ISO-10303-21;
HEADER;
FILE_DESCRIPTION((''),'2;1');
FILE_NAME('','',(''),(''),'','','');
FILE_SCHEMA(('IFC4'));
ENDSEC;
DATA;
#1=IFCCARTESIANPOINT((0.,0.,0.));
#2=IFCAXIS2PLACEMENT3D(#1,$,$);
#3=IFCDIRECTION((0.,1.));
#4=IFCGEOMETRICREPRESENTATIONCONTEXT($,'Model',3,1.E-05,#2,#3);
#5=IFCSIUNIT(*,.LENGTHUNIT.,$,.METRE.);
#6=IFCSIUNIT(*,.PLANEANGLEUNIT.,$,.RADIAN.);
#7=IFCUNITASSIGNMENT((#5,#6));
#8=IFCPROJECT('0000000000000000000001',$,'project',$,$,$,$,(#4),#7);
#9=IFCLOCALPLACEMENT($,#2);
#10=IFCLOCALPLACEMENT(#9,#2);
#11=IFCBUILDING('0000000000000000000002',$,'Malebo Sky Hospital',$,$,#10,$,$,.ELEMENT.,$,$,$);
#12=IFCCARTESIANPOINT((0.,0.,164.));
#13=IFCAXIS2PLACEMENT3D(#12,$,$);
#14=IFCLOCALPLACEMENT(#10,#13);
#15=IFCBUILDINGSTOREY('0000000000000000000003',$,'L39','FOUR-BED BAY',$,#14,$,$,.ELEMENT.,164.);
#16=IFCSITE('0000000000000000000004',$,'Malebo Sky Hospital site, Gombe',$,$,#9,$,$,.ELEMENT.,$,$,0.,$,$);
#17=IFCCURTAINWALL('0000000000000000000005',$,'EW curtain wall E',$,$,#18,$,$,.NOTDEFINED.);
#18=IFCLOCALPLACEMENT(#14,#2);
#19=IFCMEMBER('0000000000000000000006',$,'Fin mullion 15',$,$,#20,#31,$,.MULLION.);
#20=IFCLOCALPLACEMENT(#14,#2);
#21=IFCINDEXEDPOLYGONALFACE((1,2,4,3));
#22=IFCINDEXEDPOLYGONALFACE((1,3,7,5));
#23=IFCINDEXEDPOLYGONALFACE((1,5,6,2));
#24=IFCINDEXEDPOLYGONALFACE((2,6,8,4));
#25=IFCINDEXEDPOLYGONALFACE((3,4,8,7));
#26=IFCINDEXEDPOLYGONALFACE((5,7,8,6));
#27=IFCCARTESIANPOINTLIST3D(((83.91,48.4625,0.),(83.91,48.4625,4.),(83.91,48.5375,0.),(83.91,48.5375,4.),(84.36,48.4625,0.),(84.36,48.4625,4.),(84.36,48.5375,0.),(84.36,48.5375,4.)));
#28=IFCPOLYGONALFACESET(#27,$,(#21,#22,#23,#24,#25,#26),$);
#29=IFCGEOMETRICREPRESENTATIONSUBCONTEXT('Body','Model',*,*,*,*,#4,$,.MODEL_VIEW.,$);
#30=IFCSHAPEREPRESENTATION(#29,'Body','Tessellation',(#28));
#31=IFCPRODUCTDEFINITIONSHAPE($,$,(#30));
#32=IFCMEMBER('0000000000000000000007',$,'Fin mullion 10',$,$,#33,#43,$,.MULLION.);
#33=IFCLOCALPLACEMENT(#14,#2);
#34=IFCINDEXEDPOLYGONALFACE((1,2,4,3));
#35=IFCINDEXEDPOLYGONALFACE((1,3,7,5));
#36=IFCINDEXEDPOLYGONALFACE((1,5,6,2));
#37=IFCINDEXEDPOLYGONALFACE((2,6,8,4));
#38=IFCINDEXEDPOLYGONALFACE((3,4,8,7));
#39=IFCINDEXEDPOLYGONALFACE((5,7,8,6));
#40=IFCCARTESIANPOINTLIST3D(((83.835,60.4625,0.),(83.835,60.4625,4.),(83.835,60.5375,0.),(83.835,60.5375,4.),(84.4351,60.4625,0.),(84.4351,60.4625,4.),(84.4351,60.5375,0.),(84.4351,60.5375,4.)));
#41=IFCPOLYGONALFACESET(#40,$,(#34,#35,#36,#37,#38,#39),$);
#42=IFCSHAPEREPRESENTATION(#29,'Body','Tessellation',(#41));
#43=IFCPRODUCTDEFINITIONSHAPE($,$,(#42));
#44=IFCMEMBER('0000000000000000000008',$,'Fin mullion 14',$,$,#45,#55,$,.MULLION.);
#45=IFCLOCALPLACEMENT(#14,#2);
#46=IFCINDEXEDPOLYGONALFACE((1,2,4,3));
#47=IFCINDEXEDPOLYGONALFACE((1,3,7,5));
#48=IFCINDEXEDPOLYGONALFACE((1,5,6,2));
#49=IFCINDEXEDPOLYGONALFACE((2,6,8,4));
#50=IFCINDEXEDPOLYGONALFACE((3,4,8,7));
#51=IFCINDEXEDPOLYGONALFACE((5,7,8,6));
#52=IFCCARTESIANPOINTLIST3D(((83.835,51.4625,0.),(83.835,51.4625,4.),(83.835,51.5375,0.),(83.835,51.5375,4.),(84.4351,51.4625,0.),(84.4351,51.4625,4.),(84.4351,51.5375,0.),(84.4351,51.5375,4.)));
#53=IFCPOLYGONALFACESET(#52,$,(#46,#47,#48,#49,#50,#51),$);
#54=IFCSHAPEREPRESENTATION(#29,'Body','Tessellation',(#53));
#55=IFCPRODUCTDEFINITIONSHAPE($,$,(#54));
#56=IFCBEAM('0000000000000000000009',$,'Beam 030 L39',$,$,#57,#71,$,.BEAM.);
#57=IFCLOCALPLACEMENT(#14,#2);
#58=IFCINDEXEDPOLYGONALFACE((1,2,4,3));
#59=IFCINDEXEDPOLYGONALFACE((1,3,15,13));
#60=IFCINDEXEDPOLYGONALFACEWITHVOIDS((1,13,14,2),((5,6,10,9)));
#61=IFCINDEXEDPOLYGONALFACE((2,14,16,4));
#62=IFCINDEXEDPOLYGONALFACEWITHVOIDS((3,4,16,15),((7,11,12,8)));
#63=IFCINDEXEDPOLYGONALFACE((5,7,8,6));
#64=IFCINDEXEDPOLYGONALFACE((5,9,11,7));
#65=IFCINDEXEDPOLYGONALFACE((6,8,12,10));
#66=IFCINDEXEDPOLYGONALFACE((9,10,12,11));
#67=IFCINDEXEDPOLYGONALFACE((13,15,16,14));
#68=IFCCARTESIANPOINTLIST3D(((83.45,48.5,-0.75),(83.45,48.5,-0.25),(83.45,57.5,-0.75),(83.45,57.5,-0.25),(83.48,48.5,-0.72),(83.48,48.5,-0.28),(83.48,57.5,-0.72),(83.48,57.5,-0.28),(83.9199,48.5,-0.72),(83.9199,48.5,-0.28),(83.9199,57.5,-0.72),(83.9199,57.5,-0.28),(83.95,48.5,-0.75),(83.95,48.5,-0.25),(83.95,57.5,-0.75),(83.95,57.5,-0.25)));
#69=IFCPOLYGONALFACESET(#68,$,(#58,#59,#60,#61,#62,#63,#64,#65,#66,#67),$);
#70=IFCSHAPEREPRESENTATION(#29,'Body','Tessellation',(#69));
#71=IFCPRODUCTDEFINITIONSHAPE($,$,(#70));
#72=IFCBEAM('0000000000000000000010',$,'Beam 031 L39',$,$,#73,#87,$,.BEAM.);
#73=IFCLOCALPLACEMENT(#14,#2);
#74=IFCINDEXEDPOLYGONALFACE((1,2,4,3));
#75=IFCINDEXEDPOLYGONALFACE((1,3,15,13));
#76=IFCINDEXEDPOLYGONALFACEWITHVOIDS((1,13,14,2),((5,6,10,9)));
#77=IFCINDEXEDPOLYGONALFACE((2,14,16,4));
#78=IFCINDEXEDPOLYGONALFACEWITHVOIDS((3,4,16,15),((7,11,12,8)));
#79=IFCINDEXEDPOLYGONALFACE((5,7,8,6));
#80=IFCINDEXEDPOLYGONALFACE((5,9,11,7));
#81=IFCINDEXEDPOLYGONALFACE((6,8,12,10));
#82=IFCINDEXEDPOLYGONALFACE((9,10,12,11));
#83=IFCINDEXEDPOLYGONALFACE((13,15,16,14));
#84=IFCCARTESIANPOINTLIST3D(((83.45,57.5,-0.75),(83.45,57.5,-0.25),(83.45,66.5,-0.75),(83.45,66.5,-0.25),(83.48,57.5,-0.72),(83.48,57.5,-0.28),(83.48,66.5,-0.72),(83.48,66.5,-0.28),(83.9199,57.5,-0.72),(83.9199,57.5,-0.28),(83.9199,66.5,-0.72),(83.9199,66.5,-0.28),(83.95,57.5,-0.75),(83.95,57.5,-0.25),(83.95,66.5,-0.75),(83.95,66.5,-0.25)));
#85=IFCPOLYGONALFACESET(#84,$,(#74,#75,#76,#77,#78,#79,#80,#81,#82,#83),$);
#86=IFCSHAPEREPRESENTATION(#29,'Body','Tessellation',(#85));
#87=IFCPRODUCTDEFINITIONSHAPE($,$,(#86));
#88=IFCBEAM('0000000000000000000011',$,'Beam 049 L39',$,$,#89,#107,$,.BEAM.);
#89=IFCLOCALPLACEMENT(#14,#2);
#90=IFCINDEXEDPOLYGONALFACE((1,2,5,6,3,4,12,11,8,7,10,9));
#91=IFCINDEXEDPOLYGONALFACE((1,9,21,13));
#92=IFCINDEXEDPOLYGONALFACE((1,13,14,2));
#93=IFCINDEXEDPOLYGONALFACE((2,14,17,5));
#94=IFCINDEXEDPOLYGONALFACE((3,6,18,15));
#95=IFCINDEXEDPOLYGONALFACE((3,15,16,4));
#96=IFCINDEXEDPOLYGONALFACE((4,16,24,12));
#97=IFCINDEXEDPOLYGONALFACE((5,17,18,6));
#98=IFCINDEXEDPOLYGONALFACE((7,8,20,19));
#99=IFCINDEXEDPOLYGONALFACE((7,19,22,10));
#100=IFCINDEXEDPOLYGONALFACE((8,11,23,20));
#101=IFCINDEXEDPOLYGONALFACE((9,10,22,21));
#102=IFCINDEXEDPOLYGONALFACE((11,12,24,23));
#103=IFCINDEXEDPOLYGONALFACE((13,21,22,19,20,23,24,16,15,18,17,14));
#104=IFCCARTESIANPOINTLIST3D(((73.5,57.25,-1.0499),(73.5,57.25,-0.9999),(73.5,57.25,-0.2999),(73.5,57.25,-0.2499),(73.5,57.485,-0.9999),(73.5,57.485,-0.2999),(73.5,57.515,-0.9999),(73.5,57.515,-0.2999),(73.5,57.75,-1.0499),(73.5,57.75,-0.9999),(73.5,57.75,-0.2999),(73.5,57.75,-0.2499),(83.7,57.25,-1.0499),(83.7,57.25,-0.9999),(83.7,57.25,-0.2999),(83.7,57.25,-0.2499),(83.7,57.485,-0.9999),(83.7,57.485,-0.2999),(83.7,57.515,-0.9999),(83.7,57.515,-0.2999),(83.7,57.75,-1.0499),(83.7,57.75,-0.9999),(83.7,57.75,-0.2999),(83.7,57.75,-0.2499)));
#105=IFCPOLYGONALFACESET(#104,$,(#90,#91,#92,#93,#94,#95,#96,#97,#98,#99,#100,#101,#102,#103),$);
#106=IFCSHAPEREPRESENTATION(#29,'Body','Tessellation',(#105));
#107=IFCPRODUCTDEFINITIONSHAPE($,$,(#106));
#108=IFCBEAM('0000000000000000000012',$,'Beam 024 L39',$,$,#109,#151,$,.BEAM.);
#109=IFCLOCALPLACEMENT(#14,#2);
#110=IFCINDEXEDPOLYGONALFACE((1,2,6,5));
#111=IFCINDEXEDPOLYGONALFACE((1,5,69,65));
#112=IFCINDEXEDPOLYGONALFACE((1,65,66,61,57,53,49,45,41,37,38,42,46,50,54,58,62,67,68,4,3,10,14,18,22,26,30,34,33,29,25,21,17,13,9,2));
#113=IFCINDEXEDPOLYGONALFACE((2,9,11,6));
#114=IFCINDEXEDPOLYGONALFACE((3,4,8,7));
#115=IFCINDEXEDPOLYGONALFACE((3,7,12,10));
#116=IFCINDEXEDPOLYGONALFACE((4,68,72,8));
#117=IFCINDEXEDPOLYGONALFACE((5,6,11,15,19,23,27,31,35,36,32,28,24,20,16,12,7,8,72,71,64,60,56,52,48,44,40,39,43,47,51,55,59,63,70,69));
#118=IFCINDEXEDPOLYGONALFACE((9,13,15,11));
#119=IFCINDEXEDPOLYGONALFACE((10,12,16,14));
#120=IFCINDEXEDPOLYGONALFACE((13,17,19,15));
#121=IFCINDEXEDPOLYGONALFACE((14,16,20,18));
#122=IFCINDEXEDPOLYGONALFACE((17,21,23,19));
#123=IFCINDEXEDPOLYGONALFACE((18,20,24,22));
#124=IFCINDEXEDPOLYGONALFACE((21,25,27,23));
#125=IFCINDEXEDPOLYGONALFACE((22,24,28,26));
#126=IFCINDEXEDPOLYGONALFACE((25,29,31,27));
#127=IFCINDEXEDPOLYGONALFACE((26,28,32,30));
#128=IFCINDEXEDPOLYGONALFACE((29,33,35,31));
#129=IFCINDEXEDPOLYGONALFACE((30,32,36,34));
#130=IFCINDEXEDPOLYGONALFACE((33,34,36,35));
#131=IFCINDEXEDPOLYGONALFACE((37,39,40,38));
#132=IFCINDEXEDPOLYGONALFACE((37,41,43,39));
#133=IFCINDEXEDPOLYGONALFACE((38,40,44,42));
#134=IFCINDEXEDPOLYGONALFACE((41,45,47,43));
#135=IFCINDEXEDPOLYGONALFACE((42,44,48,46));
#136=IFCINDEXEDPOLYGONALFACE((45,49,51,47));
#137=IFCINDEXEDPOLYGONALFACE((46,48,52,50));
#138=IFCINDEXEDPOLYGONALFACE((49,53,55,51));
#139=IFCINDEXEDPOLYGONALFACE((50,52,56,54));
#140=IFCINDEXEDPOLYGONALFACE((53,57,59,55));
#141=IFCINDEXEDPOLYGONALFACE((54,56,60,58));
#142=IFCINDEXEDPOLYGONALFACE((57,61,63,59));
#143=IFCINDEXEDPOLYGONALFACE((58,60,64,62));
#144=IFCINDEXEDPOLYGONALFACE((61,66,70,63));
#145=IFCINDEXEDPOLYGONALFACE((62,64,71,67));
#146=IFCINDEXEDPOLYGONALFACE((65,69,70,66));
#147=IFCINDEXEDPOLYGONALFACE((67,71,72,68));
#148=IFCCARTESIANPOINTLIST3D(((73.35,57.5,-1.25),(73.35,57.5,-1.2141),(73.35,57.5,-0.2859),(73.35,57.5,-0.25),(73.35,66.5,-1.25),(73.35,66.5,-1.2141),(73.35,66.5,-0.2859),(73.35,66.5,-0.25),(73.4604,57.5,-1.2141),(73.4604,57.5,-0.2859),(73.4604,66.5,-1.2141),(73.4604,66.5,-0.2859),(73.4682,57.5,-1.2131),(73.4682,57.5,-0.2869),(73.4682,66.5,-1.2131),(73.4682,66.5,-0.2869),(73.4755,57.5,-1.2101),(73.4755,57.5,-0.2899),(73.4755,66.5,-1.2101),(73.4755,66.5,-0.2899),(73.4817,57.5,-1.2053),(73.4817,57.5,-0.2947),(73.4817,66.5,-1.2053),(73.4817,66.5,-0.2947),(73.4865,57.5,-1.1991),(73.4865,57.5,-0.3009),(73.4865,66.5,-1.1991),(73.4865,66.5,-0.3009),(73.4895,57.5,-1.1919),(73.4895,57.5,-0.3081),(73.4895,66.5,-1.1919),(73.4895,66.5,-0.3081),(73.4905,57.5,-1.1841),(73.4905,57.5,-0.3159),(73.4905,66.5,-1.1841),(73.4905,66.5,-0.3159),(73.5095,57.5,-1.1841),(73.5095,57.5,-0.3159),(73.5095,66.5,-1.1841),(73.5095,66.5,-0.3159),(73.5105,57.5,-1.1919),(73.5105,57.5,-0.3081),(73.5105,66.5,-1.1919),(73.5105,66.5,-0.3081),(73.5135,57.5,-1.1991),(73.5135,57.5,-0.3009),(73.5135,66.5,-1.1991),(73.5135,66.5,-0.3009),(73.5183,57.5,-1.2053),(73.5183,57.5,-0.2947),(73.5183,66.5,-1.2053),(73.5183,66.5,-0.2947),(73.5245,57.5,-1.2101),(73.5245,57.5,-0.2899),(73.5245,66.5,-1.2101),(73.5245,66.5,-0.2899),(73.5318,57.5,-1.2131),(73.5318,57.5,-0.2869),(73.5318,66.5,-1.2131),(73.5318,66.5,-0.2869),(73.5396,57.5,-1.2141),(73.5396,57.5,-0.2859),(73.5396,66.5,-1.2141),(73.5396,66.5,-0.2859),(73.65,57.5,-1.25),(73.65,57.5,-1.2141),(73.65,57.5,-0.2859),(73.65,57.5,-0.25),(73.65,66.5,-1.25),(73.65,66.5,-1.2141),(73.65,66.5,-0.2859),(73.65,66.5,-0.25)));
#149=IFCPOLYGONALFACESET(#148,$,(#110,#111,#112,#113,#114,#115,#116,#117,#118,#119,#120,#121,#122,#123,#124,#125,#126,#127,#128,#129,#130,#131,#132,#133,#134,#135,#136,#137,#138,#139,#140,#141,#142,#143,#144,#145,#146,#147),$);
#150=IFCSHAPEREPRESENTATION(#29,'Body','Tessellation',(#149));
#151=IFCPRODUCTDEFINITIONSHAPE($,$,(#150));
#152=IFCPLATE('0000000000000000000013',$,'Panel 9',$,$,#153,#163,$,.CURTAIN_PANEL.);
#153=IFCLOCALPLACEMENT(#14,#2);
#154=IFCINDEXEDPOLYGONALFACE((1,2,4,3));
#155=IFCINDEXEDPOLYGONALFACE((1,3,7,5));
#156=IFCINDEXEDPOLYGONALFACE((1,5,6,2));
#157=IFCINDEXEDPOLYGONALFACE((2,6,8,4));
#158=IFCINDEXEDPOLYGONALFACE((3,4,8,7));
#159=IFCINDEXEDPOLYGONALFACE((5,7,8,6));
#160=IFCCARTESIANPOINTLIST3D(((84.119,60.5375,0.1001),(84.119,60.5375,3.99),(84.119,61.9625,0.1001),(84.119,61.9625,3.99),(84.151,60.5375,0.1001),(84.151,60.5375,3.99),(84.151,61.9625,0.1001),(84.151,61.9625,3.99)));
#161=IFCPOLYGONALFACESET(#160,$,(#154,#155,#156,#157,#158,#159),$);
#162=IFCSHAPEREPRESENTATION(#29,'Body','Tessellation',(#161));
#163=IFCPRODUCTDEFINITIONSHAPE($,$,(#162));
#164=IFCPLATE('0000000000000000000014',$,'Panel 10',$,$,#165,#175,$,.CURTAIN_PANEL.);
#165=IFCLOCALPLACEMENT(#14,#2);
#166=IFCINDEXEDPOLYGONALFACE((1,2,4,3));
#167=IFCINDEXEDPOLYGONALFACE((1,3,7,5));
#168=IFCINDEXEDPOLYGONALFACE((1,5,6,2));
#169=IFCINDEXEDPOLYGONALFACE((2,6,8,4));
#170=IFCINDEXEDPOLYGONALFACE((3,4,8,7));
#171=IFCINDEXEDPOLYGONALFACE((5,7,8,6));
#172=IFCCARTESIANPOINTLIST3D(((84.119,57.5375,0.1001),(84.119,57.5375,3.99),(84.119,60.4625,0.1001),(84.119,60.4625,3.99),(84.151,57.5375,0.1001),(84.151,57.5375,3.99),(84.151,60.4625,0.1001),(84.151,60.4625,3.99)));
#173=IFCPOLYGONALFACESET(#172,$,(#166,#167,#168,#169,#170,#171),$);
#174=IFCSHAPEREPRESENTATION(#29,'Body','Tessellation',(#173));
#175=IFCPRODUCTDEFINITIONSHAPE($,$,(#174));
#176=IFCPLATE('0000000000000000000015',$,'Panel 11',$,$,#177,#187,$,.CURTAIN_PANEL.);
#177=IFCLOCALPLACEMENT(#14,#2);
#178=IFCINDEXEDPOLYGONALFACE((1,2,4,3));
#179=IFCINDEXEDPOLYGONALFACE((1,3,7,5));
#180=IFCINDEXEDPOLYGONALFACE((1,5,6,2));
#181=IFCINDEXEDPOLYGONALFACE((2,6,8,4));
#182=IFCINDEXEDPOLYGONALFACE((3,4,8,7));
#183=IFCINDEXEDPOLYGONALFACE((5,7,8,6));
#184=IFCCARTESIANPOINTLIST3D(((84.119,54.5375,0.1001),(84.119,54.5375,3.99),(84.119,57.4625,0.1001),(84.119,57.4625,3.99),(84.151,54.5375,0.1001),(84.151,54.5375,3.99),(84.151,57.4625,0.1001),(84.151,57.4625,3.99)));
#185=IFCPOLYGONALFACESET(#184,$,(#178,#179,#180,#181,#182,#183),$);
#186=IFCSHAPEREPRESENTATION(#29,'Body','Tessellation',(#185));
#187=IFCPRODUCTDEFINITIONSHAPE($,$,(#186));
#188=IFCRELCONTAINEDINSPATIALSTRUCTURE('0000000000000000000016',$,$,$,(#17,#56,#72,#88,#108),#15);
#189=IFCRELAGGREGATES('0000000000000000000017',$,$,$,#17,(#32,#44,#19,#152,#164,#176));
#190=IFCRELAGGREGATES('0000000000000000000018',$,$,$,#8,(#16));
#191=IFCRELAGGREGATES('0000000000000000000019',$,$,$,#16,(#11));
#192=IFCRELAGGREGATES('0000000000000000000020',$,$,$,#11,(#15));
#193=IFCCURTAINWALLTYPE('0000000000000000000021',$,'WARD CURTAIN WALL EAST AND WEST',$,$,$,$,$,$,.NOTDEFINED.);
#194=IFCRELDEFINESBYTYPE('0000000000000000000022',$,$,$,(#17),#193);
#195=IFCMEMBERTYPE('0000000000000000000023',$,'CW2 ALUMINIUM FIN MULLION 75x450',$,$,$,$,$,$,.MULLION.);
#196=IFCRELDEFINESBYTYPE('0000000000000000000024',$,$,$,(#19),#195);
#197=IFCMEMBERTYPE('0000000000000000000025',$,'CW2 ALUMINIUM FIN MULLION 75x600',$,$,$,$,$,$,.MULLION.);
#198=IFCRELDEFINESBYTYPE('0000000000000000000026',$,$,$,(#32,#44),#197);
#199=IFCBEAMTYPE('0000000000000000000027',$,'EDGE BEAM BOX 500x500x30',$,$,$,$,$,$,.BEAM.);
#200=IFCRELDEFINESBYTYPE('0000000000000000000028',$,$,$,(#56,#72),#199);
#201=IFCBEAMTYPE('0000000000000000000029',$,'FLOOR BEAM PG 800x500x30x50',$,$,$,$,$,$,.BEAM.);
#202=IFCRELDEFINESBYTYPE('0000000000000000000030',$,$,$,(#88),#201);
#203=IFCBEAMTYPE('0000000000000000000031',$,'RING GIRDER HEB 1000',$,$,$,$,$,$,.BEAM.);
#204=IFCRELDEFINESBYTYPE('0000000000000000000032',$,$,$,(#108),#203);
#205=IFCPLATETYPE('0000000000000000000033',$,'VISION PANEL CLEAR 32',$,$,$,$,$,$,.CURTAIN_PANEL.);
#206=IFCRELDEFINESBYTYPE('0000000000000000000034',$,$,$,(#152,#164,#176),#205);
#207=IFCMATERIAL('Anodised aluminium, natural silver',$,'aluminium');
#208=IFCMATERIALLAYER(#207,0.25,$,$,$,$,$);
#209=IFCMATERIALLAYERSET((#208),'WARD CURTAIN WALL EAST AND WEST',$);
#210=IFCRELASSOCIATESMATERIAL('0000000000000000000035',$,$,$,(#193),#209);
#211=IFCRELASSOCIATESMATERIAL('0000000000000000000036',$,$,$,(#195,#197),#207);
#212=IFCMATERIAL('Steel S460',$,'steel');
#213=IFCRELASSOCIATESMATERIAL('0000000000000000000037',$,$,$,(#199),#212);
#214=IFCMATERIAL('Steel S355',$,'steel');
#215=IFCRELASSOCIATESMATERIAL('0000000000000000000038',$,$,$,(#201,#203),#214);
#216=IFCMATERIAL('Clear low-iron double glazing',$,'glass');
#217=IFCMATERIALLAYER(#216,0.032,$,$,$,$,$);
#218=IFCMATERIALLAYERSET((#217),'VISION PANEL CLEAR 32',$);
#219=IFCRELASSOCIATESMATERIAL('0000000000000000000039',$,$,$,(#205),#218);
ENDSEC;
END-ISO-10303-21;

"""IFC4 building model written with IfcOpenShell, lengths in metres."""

from ifc_helpers import new_model, si_unit, direction, frame, origin, origin_2d, place, context, subcontext, project, spatial, rectangle, hollow_rectangle, i_section, extrude, material, layer, layer_set, material_profile, profile_set, type_object, element, aggregate, save


model = new_model("IFC4")

# Units and contexts
model_context = context("Model", 3, precision=1e-05, world=origin(), true_north=direction((0.0, 1.0)))
body_context = subcontext(model_context, "Body", "Model", "MODEL_VIEW")
ifc_project = project(units=[si_unit("LENGTHUNIT", "METRE"), si_unit("PLANEANGLEUNIT", "RADIAN")], contexts=[model_context])

# Site, building, storey
site_placement = place(None, origin())
site = spatial("IfcSite", under=ifc_project, at=site_placement, Name="Malebo Sky Hospital site, Gombe", CompositionType="ELEMENT", RefElevation=0.0)
building_placement = place(site_placement, origin())
building = spatial("IfcBuilding", under=site, at=building_placement, Name="Malebo Sky Hospital", CompositionType="ELEMENT")
storey_placement = place(building_placement, frame((0.0, 0.0, 164.0)))
storey = spatial("IfcBuildingStorey", under=building, at=storey_placement, Name="L39", Description="FOUR-BED BAY", CompositionType="ELEMENT", Elevation=164.0)

# Shared definitions
ifc_material_1 = material(Name="Steel S460", Category="steel")

# Curtain wall
ifc_material_2 = material(Name="Anodised aluminium, natural silver", Category="aluminium")
ifc_layer_1 = layer(ifc_material_2, 0.25)
ifc_layer_set_1 = layer_set([ifc_layer_1], Name="WARD CURTAIN WALL EAST AND WEST")
curtain_wall_type = type_object("IfcCurtainWallType", Name="WARD CURTAIN WALL EAST AND WEST", PredefinedType="NOTDEFINED", material=ifc_layer_set_1)
curtain_wall_placement = place(storey_placement, origin())
curtain_wall = element("IfcCurtainWall", 1, at=curtain_wall_placement, inside=storey, type_object=curtain_wall_type, Name="EW curtain wall E", PredefinedType="NOTDEFINED")

# Members
ifc_material_3 = material(Name="Steel S355", Category="steel")
ifc_material_profile_1 = material_profile(ifc_material_2, rectangle(XDim=0.075, YDim=0.45, at=origin_2d()), Name="CW2 ALUMINIUM FIN MULLION 75x450")
ifc_profile_set_1 = profile_set([ifc_material_profile_1], Name="Anodised aluminium, natural silver")
member_type_1 = type_object("IfcMemberType", Name="CW2 ALUMINIUM FIN MULLION 75x450", PredefinedType="MULLION", material=ifc_profile_set_1)
member_1_placement = place(storey_placement, frame((84.135, 48.5, 0.0), z_axis=(0.0, 0.0, 1.0), x_axis=(0.0, -1.0, 0.0)))
member_1 = element("IfcMember", 2, at=member_1_placement, type_object=member_type_1, Name="Fin mullion 15", PredefinedType="MULLION", context=body_context, shape_type="SweptSolid", body=[
    extrude(rectangle(XDim=0.075, YDim=0.45, at=origin_2d()), origin(), (0.0, 0.0, 1.0), 4.0),
])
ifc_material_profile_2 = material_profile(ifc_material_2, rectangle(XDim=0.075, YDim=0.6001, at=origin_2d()), Name="CW2 ALUMINIUM FIN MULLION 75x600")
ifc_profile_set_2 = profile_set([ifc_material_profile_2], Name="Anodised aluminium, natural silver")
member_type_2 = type_object("IfcMemberType", Name="CW2 ALUMINIUM FIN MULLION 75x600", PredefinedType="MULLION", material=ifc_profile_set_2)
member_2_placement = place(storey_placement, frame((84.135, 60.5, 0.0), z_axis=(0.0, 0.0, 1.0), x_axis=(0.0, -1.0, 0.0)))
member_2 = element("IfcMember", 3, at=member_2_placement, type_object=member_type_2, Name="Fin mullion 10", PredefinedType="MULLION", context=body_context, shape_type="SweptSolid", body=[
    extrude(rectangle(XDim=0.075, YDim=0.6001, at=origin_2d()), origin(), (0.0, 0.0, 1.0), 4.0),
])
member_3_placement = place(storey_placement, frame((84.135, 51.5, 0.0), z_axis=(0.0, 0.0, 1.0), x_axis=(0.0, -1.0, 0.0)))
member_3 = element("IfcMember", 4, at=member_3_placement, type_object=member_type_2, Name="Fin mullion 14", PredefinedType="MULLION", context=body_context, shape_type="SweptSolid", body=[
    extrude(rectangle(XDim=0.075, YDim=0.6001, at=origin_2d()), origin(), (0.0, 0.0, 1.0), 4.0),
])

# Beams
ifc_material_profile_3 = material_profile(ifc_material_1, hollow_rectangle(XDim=0.5, YDim=0.5, WallThickness=0.03, at=origin_2d()), Name="BOX 500x500x30")
ifc_profile_set_3 = profile_set([ifc_material_profile_3], Name="Steel S460")
beam_type_1 = type_object("IfcBeamType", Name="EDGE BEAM BOX 500x500x30", PredefinedType="BEAM", material=ifc_profile_set_3)
for number, where, z_axis, x_axis, name in (
    (5, (83.7, 48.5, -0.5), (0.0, 1.0, 0.0), (-1.0, 0.0, 0.0), "Beam 030 L39"),
    (6, (83.7, 57.5, -0.5), (0.0, 1.0, 0.0), (-1.0, 0.0, 0.0), "Beam 031 L39"),
):
    element("IfcBeam", number, at=place(storey_placement, frame(where, z_axis=z_axis, x_axis=x_axis)), inside=storey, type_object=beam_type_1, Name=name, PredefinedType="BEAM", context=body_context, shape_type="SweptSolid", body=[
        extrude(hollow_rectangle(XDim=0.5, YDim=0.5, WallThickness=0.03, at=origin_2d()), origin(), (0.0, 0.0, 1.0), 9.0),
    ])
ifc_material_profile_4 = material_profile(ifc_material_3, i_section(OverallWidth=0.5, OverallDepth=0.8, WebThickness=0.03, FlangeThickness=0.05, at=origin_2d()), Name="PG 800x500x30x50")
ifc_profile_set_4 = profile_set([ifc_material_profile_4], Name="Steel S355")
beam_type_2 = type_object("IfcBeamType", Name="FLOOR BEAM PG 800x500x30x50", PredefinedType="BEAM", material=ifc_profile_set_4)
beam_1_placement = place(storey_placement, frame((73.5, 57.5, -0.6499), z_axis=(1.0, 0.0, 0.0), x_axis=(0.0, 1.0, 0.0)))
element("IfcBeam", 7, at=beam_1_placement, inside=storey, type_object=beam_type_2, Name="Beam 049 L39", PredefinedType="BEAM", context=body_context, shape_type="SweptSolid", body=[
    extrude(i_section(OverallWidth=0.5, OverallDepth=0.8, WebThickness=0.03, FlangeThickness=0.05, at=origin_2d()), origin(), (0.0, 0.0, 1.0), 10.2),
])
ifc_material_profile_5 = material_profile(ifc_material_3, i_section(OverallWidth=0.3, OverallDepth=1.0, WebThickness=0.019, FlangeThickness=0.0359, FilletRadius=0.03, at=origin_2d()), Name="HEB 1000")
ifc_profile_set_5 = profile_set([ifc_material_profile_5], Name="Steel S355")
beam_type_3 = type_object("IfcBeamType", Name="RING GIRDER HEB 1000", PredefinedType="BEAM", material=ifc_profile_set_5)
beam_2_placement = place(storey_placement, frame((73.5, 57.5, -0.75), z_axis=(0.0, 1.0, 0.0), x_axis=(-1.0, 0.0, 0.0)))
element("IfcBeam", 8, at=beam_2_placement, inside=storey, type_object=beam_type_3, Name="Beam 024 L39", PredefinedType="BEAM", context=body_context, shape_type="SweptSolid", body=[
    extrude(i_section(OverallWidth=0.3, OverallDepth=1.0, WebThickness=0.019, FlangeThickness=0.0359, FilletRadius=0.03, at=origin_2d()), origin(), (0.0, 0.0, 1.0), 9.0),
])

# Plates
ifc_material_4 = material(Name="Clear low-iron double glazing", Category="glass")
ifc_layer_2 = layer(ifc_material_4, 0.032)
ifc_layer_set_2 = layer_set([ifc_layer_2], Name="VISION PANEL CLEAR 32")
plate_type = type_object("IfcPlateType", Name="VISION PANEL CLEAR 32", PredefinedType="CURTAIN_PANEL", material=ifc_layer_set_2)
plate_1_placement = place(storey_placement, frame((84.135, 61.25, 0.1001), z_axis=(0.0, 0.0, 1.0), x_axis=(0.0, -1.0, 0.0)))
plate_1 = element("IfcPlate", 9, at=plate_1_placement, type_object=plate_type, Name="Panel 9", PredefinedType="CURTAIN_PANEL", context=body_context, shape_type="SweptSolid", body=[
    extrude(rectangle(XDim=1.425, YDim=0.032, at=origin_2d()), origin(), (0.0, 0.0, 1.0), 3.8899),
])
plate_2_placement = place(storey_placement, frame((84.135, 59.0, 0.1001), z_axis=(0.0, 0.0, 1.0), x_axis=(0.0, -1.0, 0.0)))
plate_2 = element("IfcPlate", 10, at=plate_2_placement, type_object=plate_type, Name="Panel 10", PredefinedType="CURTAIN_PANEL", context=body_context, shape_type="SweptSolid", body=[
    extrude(rectangle(XDim=2.925, YDim=0.032, at=origin_2d()), origin(), (0.0, 0.0, 1.0), 3.8899),
])
plate_3_placement = place(storey_placement, frame((84.135, 56.0, 0.1001), z_axis=(0.0, 0.0, 1.0), x_axis=(0.0, -1.0, 0.0)))
plate_3 = element("IfcPlate", 11, at=plate_3_placement, type_object=plate_type, Name="Panel 11", PredefinedType="CURTAIN_PANEL", context=body_context, shape_type="SweptSolid", body=[
    extrude(rectangle(XDim=2.925, YDim=0.032, at=origin_2d()), origin(), (0.0, 0.0, 1.0), 3.8899),
])
aggregate(curtain_wall, [member_2, member_3, member_1, plate_1, plate_2, plate_3])

save(model, "model.ifc")
